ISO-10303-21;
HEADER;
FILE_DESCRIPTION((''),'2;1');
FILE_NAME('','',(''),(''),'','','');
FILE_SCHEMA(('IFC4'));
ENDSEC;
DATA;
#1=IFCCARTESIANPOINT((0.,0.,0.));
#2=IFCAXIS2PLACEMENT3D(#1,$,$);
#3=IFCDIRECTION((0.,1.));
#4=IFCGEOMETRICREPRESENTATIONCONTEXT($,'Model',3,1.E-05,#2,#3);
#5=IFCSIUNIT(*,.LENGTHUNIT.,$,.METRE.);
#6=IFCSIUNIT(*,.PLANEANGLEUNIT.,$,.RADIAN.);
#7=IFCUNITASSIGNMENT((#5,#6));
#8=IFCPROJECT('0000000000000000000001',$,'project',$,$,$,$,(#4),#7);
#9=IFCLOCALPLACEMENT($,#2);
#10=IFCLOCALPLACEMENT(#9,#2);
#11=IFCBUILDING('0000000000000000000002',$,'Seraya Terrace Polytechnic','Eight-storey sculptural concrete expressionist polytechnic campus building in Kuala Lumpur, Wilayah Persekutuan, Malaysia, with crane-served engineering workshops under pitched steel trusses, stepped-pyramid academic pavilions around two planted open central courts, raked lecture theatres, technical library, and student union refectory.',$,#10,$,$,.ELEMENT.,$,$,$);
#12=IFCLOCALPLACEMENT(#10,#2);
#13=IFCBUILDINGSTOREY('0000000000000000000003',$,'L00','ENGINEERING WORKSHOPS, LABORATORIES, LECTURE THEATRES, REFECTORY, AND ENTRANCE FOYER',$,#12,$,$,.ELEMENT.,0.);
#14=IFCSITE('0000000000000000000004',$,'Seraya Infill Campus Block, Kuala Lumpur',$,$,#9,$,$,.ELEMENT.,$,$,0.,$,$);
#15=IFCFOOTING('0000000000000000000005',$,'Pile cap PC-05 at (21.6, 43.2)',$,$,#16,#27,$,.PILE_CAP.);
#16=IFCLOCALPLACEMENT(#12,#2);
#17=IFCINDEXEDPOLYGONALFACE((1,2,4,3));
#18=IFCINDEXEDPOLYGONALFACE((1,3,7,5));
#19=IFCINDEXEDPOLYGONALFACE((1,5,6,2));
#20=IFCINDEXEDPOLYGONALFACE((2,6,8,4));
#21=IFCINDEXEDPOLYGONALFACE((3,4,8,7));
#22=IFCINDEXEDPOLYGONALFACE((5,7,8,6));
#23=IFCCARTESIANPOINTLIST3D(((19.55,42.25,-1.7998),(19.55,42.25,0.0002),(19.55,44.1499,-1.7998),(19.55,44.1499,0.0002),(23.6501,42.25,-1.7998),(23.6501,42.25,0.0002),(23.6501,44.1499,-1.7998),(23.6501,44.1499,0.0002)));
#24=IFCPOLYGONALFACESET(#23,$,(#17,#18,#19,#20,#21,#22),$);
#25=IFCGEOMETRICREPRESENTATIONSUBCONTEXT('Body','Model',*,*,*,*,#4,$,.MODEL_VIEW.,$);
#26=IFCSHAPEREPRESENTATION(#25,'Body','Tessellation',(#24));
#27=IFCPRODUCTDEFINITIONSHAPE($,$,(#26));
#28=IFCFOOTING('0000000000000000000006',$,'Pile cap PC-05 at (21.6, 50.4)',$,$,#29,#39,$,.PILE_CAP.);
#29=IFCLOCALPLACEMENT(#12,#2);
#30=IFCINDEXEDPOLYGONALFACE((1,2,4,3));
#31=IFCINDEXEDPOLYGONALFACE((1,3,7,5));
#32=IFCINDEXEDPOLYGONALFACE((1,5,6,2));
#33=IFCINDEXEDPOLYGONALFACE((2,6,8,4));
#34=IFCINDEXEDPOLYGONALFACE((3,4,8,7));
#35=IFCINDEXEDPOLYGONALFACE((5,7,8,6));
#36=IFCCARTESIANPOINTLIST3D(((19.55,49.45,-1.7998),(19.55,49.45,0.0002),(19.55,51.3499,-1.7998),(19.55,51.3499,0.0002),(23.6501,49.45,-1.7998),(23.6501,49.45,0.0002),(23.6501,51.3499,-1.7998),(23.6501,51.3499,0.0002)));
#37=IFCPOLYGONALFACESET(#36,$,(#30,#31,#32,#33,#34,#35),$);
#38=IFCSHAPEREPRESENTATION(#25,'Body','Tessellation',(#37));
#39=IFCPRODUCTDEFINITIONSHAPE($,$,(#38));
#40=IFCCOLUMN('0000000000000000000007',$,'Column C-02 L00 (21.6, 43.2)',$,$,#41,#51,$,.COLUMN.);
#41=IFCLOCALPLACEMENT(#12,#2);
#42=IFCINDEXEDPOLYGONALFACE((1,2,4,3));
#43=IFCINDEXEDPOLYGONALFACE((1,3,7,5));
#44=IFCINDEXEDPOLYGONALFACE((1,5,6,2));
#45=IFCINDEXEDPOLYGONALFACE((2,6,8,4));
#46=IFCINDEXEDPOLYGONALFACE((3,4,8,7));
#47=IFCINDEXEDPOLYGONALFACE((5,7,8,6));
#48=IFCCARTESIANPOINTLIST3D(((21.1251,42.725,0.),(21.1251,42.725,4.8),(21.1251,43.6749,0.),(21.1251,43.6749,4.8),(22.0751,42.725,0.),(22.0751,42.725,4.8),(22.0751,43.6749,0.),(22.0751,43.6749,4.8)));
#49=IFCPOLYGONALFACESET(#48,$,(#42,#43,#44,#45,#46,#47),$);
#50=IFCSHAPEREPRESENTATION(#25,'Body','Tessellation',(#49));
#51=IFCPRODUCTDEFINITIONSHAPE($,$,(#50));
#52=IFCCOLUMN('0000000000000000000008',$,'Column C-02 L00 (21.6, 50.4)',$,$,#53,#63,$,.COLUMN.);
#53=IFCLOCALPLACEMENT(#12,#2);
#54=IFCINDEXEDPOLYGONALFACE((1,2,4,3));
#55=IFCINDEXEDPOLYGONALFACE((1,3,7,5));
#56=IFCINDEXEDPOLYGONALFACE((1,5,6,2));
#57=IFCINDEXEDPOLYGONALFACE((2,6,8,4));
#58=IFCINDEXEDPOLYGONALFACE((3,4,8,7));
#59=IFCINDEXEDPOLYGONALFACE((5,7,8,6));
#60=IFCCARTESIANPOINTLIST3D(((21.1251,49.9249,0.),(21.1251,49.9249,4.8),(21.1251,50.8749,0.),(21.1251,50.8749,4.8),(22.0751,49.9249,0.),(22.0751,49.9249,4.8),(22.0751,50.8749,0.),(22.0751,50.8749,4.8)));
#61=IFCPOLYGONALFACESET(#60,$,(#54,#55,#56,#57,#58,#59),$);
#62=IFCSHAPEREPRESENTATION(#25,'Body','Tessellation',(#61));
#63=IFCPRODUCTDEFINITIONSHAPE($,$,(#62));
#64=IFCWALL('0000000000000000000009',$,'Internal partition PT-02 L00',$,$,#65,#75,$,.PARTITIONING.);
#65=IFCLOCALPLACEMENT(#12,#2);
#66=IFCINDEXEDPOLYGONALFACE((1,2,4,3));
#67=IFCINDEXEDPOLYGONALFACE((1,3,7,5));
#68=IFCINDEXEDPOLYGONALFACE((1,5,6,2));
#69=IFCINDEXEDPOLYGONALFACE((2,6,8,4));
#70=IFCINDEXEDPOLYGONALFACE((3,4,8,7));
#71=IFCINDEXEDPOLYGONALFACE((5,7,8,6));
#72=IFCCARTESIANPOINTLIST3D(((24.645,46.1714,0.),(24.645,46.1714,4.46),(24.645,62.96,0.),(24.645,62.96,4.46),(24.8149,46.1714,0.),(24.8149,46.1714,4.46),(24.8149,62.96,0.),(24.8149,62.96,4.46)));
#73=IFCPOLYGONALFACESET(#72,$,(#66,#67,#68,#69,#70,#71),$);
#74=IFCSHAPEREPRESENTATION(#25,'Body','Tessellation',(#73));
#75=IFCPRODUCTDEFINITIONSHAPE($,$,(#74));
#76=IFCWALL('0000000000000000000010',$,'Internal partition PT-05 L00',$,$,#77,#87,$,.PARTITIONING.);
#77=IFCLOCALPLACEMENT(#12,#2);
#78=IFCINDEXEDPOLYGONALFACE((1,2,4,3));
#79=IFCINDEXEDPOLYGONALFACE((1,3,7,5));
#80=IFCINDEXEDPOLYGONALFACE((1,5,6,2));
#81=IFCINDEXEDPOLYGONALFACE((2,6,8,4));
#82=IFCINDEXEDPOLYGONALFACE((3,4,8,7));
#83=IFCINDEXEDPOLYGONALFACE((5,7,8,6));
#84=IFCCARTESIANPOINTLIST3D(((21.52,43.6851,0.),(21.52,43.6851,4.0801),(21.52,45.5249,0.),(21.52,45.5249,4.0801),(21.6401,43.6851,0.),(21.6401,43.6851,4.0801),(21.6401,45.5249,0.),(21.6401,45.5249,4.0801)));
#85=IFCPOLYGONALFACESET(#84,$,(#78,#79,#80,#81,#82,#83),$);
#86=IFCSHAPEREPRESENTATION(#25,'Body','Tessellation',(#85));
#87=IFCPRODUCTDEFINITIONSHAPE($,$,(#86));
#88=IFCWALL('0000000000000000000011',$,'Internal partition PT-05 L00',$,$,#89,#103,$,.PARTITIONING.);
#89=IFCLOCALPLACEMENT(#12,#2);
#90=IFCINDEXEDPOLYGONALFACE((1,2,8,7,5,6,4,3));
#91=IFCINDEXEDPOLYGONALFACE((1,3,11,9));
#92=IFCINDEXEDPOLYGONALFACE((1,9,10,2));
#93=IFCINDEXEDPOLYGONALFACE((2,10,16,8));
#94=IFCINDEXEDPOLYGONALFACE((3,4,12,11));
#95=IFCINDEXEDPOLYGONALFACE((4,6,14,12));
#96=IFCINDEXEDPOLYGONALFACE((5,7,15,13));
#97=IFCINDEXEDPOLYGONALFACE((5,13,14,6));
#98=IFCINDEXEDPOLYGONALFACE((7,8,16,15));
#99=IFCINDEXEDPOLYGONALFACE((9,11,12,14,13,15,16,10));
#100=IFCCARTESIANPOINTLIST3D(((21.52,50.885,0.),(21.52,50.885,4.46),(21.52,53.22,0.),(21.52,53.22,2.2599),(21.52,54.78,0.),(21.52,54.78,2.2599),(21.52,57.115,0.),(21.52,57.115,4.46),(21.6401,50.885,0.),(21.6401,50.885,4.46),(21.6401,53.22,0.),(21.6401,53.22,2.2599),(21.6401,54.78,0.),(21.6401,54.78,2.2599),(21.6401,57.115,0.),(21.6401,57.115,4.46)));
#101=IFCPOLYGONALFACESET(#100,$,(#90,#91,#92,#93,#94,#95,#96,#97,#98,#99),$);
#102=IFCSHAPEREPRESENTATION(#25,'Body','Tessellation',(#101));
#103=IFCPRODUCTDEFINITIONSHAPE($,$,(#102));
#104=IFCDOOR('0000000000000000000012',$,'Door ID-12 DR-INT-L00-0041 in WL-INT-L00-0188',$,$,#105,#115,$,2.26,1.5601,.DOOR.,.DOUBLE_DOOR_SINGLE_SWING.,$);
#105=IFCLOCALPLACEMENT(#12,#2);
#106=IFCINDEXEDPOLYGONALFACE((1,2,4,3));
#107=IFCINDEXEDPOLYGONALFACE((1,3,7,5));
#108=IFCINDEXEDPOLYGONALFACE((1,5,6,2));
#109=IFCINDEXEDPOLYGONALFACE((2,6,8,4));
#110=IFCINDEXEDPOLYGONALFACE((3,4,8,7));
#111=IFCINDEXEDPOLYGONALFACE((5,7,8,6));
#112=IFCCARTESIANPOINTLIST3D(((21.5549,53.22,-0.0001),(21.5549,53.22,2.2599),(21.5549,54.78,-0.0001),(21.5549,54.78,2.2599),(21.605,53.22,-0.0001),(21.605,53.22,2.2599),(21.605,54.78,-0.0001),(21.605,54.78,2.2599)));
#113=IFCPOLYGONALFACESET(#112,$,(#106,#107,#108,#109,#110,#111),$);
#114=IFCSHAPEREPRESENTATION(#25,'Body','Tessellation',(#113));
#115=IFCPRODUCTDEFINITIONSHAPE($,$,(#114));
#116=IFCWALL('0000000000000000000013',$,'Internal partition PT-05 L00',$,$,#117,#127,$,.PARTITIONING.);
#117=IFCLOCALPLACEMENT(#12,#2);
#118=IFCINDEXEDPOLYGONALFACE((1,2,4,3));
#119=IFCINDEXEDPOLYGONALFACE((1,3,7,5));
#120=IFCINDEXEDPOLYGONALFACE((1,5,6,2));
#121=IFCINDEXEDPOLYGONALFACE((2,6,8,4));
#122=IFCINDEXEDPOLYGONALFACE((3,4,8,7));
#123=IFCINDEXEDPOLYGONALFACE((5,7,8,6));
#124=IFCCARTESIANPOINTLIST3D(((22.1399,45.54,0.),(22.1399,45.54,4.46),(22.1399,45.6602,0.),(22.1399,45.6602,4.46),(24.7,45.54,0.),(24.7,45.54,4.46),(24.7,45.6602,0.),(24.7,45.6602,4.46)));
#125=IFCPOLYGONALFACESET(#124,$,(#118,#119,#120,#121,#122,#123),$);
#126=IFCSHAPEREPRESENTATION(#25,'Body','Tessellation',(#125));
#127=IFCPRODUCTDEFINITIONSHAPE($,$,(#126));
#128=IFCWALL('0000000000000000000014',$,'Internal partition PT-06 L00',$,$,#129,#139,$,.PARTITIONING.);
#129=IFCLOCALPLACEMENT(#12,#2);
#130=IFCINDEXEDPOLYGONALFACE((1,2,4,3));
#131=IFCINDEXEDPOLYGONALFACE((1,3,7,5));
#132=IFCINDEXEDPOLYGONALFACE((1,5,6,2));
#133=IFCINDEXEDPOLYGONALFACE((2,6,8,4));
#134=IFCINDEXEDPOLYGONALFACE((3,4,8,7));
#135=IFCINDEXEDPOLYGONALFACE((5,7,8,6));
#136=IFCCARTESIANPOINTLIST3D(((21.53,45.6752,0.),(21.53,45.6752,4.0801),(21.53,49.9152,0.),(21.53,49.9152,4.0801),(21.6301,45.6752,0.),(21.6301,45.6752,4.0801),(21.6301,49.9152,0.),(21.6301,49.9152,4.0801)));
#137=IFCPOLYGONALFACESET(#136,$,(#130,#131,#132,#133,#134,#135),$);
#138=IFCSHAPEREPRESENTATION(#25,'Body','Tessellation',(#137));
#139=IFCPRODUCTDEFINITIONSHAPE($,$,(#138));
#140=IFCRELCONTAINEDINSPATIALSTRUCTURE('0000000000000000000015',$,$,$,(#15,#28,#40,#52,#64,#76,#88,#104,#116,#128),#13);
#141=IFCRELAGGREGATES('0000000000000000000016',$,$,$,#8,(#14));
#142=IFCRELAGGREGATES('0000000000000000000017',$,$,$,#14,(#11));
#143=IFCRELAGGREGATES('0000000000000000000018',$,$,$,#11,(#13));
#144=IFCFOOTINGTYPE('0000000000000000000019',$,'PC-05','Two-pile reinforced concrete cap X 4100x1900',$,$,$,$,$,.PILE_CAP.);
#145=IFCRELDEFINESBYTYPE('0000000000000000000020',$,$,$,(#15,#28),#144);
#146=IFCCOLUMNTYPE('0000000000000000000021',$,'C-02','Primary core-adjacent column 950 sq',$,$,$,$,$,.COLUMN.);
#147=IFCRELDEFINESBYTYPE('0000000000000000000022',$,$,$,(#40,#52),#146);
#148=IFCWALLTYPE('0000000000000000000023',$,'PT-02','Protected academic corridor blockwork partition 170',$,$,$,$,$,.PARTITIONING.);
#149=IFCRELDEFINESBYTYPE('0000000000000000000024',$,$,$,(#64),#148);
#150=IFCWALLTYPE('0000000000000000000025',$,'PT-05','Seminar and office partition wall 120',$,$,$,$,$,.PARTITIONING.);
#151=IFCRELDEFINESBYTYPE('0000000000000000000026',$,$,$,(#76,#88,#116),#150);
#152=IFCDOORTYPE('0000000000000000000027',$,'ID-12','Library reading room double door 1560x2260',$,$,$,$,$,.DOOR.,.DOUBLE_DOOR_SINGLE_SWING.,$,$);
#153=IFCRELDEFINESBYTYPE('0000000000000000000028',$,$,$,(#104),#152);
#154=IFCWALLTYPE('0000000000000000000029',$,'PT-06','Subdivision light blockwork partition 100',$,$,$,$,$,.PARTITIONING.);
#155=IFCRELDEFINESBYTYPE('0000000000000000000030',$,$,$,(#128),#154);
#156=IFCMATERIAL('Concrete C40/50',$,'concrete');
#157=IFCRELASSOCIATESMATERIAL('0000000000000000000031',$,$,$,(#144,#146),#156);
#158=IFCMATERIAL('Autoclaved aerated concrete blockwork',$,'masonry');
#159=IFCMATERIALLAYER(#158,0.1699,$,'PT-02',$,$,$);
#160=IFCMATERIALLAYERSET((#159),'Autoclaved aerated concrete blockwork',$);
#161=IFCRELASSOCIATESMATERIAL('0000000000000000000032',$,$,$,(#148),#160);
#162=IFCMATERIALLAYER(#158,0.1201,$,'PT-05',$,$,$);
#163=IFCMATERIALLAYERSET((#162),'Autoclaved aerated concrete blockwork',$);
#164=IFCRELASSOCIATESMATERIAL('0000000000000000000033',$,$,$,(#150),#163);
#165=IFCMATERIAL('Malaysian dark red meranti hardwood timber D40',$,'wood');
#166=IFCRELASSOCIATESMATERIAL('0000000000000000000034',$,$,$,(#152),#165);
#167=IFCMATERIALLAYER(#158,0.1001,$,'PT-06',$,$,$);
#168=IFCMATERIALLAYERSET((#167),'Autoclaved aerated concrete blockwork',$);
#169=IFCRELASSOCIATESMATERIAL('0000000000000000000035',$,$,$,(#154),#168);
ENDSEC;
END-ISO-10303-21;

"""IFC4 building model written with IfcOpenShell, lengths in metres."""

from ifc_helpers import new_model, si_unit, direction, frame, frame_2d, origin, origin_2d, place, context, subcontext, project, spatial, rectangle, extrude, material, layer, layer_set, material_profile, profile_set, type_object, element, fill, save


model = new_model("IFC4")

# Units and contexts
model_context = context("Model", 3, precision=1e-05, world=origin(), true_north=direction((0.0, 1.0)))
body_context = subcontext(model_context, "Body", "Model", "MODEL_VIEW")
ifc_project = project(units=[si_unit("LENGTHUNIT", "METRE"), si_unit("PLANEANGLEUNIT", "RADIAN")], contexts=[model_context])

# Site, building, storey
site_placement = place(None, origin())
site = spatial("IfcSite", under=ifc_project, at=site_placement, Name="Seraya Infill Campus Block, Kuala Lumpur", CompositionType="ELEMENT", RefElevation=0.0)
building_placement = place(site_placement, origin())
building = spatial("IfcBuilding", under=site, at=building_placement, Name="Seraya Terrace Polytechnic", Description="Eight-storey sculptural concrete expressionist polytechnic campus building in Kuala Lumpur, Wilayah Persekutuan, Malaysia, with crane-served engineering workshops under pitched steel trusses, stepped-pyramid academic pavilions around two planted open central courts, raked lecture theatres, technical library, and student union refectory.", CompositionType="ELEMENT")
storey_placement = place(building_placement, origin())
storey = spatial("IfcBuildingStorey", under=building, at=storey_placement, Name="L00", Description="ENGINEERING WORKSHOPS, LABORATORIES, LECTURE THEATRES, REFECTORY, AND ENTRANCE FOYER", CompositionType="ELEMENT", Elevation=0.0)

# Shared definitions
ifc_material_1 = material(Name="Concrete C40/50", Category="concrete")

# Footings
footing_type_1 = type_object("IfcFootingType", Name="PC-05", Description="Two-pile reinforced concrete cap X 4100x1900", PredefinedType="PILE_CAP", material=ifc_material_1)
for number, where, z_axis, x_axis, name in (
    (1, (21.6001, 43.2, -1.7998), (0.0, 0.0, 1.0), (1.0, 0.0, 0.0), "Pile cap PC-05 at (21.6, 43.2)"),
    (2, (21.6001, 50.3999, -1.7998), (0.0, 0.0, 1.0), (1.0, 0.0, 0.0), "Pile cap PC-05 at (21.6, 50.4)"),
):
    element("IfcFooting", number, at=place(storey_placement, frame(where, z_axis=z_axis, x_axis=x_axis)), inside=storey, type_object=footing_type_1, Name=name, PredefinedType="PILE_CAP", context=body_context, shape_type="SweptSolid", body=[
        extrude(rectangle(XDim=4.1001, YDim=1.8999, at=origin_2d()), origin(), (0.0, 0.0, 1.0), 1.8),
    ])

# Columns
ifc_material_profile_1 = material_profile(ifc_material_1, rectangle(XDim=0.95, YDim=0.95, at=origin_2d()), Name="RC 950x950")
ifc_profile_set_1 = profile_set([ifc_material_profile_1], Name="Concrete C40/50")
column_type = type_object("IfcColumnType", Name="C-02", Description="Primary core-adjacent column 950 sq", PredefinedType="COLUMN", material=ifc_profile_set_1)
for number, where, z_axis, x_axis, name in (
    (3, (21.6001, 43.2, 0.0), (0.0, 0.0, 1.0), (1.0, 0.0, 0.0), "Column C-02 L00 (21.6, 43.2)"),
    (4, (21.6001, 50.3999, 0.0), (0.0, 0.0, 1.0), (1.0, 0.0, 0.0), "Column C-02 L00 (21.6, 50.4)"),
):
    element("IfcColumn", number, at=place(storey_placement, frame(where, z_axis=z_axis, x_axis=x_axis)), inside=storey, type_object=column_type, Name=name, PredefinedType="COLUMN", context=body_context, shape_type="SweptSolid", body=[
        extrude(rectangle(XDim=0.95, YDim=0.95, at=origin_2d()), origin(), (0.0, 0.0, 1.0), 4.8),
    ])

# Walls
ifc_material_2 = material(Name="Autoclaved aerated concrete blockwork", Category="masonry")
ifc_layer_1 = layer(ifc_material_2, 0.1699, Name="PT-02")
ifc_layer_set_1 = layer_set([ifc_layer_1], Name="Autoclaved aerated concrete blockwork")
wall_type_1 = type_object("IfcWallType", Name="PT-02", Description="Protected academic corridor blockwork partition 170", PredefinedType="PARTITIONING", material=ifc_layer_set_1)
wall_1_placement = place(storey_placement, frame((24.73, 46.1714, 0.0), z_axis=(0.0, 0.0, 1.0), x_axis=(0.0, 1.0, 0.0)))
element("IfcWall", 5, at=wall_1_placement, inside=storey, type_object=wall_type_1, Name="Internal partition PT-02 L00", PredefinedType="PARTITIONING", context=body_context, shape_type="SweptSolid", body=[
    extrude(rectangle(XDim=16.7886, YDim=0.1699, at=frame_2d((8.3943, 0.0))), origin(), (0.0, 0.0, 1.0), 4.46),
])
ifc_layer_2 = layer(ifc_material_2, 0.1201, Name="PT-05")
ifc_layer_set_2 = layer_set([ifc_layer_2], Name="Autoclaved aerated concrete blockwork")
wall_type_2 = type_object("IfcWallType", Name="PT-05", Description="Seminar and office partition wall 120", PredefinedType="PARTITIONING", material=ifc_layer_set_2)
wall_2_placement = place(storey_placement, frame((21.5801, 43.6851, 0.0), z_axis=(0.0, 0.0, 1.0), x_axis=(0.0, 1.0, 0.0)))
element("IfcWall", 6, at=wall_2_placement, inside=storey, type_object=wall_type_2, Name="Internal partition PT-05 L00", PredefinedType="PARTITIONING", context=body_context, shape_type="SweptSolid", body=[
    extrude(rectangle(XDim=1.8398, YDim=0.1201, at=frame_2d((0.9199, 0.0))), origin(), (0.0, 0.0, 1.0), 4.0801),
])

# Wall, opening, door
wall_3_placement = place(storey_placement, frame((21.5801, 50.885, 0.0), z_axis=(0.0, 0.0, 1.0), x_axis=(0.0, 1.0, 0.0)))
wall_3 = element("IfcWall", 7, at=wall_3_placement, inside=storey, type_object=wall_type_2, Name="Internal partition PT-05 L00", PredefinedType="PARTITIONING", context=body_context, shape_type="SweptSolid", body=[
    extrude(rectangle(XDim=6.23, YDim=0.1201, at=frame_2d((3.115, 0.0))), origin(), (0.0, 0.0, 1.0), 4.46),
])
opening_placement = place(wall_3_placement, frame((2.335, 0.0, 0.0)))
opening = element("IfcOpeningElement", 8, at=opening_placement, cuts=wall_3, PredefinedType="OPENING", context=body_context, shape_type="SweptSolid", body=[
    extrude(rectangle(XDim=1.5601, YDim=2.26, at=frame_2d((0.78, 1.1299))), frame((0.0, 0.072, 0.0), z_axis=(0.0, -1.0, 0.0), x_axis=(1.0, 0.0, 0.0)), (0.0, 0.0, 1.0), 0.144),
])
ifc_material_3 = material(Name="Malaysian dark red meranti hardwood timber D40", Category="wood")
door_type = type_object("IfcDoorType", Name="ID-12", Description="Library reading room double door 1560x2260", OperationType="DOUBLE_DOOR_SINGLE_SWING", PredefinedType="DOOR", material=ifc_material_3)
door_placement = place(opening_placement, frame((1.5601, 0.0, 0.0), z_axis=(0.0, 0.0, 1.0), x_axis=(-1.0, 0.0, 0.0)))
door = element("IfcDoor", 9, at=door_placement, inside=storey, type_object=door_type, Name="Door ID-12 DR-INT-L00-0041 in WL-INT-L00-0188", OperationType="DOUBLE_DOOR_SINGLE_SWING", OverallHeight=2.26, OverallWidth=1.5601, PredefinedType="DOOR", context=body_context, shape_type="SweptSolid", body=[
    extrude(rectangle(XDim=1.5601, YDim=2.26, at=frame_2d((0.78, 1.1299))), frame((0.0, 0.0249, 0.0), z_axis=(0.0, -1.0, 0.0), x_axis=(1.0, 0.0, 0.0)), (0.0, 0.0, 1.0), 0.05),
])
fill(opening, door)

# Walls
wall_4_placement = place(storey_placement, frame((22.1399, 45.6001, 0.0), z_axis=(0.0, 0.0, 1.0), x_axis=(1.0, 0.0, 0.0)))
element("IfcWall", 10, at=wall_4_placement, inside=storey, type_object=wall_type_2, Name="Internal partition PT-05 L00", PredefinedType="PARTITIONING", context=body_context, shape_type="SweptSolid", body=[
    extrude(rectangle(XDim=2.5601, YDim=0.1201, at=frame_2d((1.28, 0.0))), origin(), (0.0, 0.0, 1.0), 4.46),
])
ifc_layer_3 = layer(ifc_material_2, 0.1001, Name="PT-06")
ifc_layer_set_3 = layer_set([ifc_layer_3], Name="Autoclaved aerated concrete blockwork")
wall_type_3 = type_object("IfcWallType", Name="PT-06", Description="Subdivision light blockwork partition 100", PredefinedType="PARTITIONING", material=ifc_layer_set_3)
wall_5_placement = place(storey_placement, frame((21.5801, 45.675, 0.0), z_axis=(0.0, 0.0, 1.0), x_axis=(0.0, 1.0, 0.0)))
element("IfcWall", 11, at=wall_5_placement, inside=storey, type_object=wall_type_3, Name="Internal partition PT-06 L00", PredefinedType="PARTITIONING", context=body_context, shape_type="SweptSolid", body=[
    extrude(rectangle(XDim=4.24, YDim=0.1001, at=frame_2d((2.1201, 0.0))), origin(), (0.0, 0.0, 1.0), 4.0801),
])

save(model, "model.ifc")
